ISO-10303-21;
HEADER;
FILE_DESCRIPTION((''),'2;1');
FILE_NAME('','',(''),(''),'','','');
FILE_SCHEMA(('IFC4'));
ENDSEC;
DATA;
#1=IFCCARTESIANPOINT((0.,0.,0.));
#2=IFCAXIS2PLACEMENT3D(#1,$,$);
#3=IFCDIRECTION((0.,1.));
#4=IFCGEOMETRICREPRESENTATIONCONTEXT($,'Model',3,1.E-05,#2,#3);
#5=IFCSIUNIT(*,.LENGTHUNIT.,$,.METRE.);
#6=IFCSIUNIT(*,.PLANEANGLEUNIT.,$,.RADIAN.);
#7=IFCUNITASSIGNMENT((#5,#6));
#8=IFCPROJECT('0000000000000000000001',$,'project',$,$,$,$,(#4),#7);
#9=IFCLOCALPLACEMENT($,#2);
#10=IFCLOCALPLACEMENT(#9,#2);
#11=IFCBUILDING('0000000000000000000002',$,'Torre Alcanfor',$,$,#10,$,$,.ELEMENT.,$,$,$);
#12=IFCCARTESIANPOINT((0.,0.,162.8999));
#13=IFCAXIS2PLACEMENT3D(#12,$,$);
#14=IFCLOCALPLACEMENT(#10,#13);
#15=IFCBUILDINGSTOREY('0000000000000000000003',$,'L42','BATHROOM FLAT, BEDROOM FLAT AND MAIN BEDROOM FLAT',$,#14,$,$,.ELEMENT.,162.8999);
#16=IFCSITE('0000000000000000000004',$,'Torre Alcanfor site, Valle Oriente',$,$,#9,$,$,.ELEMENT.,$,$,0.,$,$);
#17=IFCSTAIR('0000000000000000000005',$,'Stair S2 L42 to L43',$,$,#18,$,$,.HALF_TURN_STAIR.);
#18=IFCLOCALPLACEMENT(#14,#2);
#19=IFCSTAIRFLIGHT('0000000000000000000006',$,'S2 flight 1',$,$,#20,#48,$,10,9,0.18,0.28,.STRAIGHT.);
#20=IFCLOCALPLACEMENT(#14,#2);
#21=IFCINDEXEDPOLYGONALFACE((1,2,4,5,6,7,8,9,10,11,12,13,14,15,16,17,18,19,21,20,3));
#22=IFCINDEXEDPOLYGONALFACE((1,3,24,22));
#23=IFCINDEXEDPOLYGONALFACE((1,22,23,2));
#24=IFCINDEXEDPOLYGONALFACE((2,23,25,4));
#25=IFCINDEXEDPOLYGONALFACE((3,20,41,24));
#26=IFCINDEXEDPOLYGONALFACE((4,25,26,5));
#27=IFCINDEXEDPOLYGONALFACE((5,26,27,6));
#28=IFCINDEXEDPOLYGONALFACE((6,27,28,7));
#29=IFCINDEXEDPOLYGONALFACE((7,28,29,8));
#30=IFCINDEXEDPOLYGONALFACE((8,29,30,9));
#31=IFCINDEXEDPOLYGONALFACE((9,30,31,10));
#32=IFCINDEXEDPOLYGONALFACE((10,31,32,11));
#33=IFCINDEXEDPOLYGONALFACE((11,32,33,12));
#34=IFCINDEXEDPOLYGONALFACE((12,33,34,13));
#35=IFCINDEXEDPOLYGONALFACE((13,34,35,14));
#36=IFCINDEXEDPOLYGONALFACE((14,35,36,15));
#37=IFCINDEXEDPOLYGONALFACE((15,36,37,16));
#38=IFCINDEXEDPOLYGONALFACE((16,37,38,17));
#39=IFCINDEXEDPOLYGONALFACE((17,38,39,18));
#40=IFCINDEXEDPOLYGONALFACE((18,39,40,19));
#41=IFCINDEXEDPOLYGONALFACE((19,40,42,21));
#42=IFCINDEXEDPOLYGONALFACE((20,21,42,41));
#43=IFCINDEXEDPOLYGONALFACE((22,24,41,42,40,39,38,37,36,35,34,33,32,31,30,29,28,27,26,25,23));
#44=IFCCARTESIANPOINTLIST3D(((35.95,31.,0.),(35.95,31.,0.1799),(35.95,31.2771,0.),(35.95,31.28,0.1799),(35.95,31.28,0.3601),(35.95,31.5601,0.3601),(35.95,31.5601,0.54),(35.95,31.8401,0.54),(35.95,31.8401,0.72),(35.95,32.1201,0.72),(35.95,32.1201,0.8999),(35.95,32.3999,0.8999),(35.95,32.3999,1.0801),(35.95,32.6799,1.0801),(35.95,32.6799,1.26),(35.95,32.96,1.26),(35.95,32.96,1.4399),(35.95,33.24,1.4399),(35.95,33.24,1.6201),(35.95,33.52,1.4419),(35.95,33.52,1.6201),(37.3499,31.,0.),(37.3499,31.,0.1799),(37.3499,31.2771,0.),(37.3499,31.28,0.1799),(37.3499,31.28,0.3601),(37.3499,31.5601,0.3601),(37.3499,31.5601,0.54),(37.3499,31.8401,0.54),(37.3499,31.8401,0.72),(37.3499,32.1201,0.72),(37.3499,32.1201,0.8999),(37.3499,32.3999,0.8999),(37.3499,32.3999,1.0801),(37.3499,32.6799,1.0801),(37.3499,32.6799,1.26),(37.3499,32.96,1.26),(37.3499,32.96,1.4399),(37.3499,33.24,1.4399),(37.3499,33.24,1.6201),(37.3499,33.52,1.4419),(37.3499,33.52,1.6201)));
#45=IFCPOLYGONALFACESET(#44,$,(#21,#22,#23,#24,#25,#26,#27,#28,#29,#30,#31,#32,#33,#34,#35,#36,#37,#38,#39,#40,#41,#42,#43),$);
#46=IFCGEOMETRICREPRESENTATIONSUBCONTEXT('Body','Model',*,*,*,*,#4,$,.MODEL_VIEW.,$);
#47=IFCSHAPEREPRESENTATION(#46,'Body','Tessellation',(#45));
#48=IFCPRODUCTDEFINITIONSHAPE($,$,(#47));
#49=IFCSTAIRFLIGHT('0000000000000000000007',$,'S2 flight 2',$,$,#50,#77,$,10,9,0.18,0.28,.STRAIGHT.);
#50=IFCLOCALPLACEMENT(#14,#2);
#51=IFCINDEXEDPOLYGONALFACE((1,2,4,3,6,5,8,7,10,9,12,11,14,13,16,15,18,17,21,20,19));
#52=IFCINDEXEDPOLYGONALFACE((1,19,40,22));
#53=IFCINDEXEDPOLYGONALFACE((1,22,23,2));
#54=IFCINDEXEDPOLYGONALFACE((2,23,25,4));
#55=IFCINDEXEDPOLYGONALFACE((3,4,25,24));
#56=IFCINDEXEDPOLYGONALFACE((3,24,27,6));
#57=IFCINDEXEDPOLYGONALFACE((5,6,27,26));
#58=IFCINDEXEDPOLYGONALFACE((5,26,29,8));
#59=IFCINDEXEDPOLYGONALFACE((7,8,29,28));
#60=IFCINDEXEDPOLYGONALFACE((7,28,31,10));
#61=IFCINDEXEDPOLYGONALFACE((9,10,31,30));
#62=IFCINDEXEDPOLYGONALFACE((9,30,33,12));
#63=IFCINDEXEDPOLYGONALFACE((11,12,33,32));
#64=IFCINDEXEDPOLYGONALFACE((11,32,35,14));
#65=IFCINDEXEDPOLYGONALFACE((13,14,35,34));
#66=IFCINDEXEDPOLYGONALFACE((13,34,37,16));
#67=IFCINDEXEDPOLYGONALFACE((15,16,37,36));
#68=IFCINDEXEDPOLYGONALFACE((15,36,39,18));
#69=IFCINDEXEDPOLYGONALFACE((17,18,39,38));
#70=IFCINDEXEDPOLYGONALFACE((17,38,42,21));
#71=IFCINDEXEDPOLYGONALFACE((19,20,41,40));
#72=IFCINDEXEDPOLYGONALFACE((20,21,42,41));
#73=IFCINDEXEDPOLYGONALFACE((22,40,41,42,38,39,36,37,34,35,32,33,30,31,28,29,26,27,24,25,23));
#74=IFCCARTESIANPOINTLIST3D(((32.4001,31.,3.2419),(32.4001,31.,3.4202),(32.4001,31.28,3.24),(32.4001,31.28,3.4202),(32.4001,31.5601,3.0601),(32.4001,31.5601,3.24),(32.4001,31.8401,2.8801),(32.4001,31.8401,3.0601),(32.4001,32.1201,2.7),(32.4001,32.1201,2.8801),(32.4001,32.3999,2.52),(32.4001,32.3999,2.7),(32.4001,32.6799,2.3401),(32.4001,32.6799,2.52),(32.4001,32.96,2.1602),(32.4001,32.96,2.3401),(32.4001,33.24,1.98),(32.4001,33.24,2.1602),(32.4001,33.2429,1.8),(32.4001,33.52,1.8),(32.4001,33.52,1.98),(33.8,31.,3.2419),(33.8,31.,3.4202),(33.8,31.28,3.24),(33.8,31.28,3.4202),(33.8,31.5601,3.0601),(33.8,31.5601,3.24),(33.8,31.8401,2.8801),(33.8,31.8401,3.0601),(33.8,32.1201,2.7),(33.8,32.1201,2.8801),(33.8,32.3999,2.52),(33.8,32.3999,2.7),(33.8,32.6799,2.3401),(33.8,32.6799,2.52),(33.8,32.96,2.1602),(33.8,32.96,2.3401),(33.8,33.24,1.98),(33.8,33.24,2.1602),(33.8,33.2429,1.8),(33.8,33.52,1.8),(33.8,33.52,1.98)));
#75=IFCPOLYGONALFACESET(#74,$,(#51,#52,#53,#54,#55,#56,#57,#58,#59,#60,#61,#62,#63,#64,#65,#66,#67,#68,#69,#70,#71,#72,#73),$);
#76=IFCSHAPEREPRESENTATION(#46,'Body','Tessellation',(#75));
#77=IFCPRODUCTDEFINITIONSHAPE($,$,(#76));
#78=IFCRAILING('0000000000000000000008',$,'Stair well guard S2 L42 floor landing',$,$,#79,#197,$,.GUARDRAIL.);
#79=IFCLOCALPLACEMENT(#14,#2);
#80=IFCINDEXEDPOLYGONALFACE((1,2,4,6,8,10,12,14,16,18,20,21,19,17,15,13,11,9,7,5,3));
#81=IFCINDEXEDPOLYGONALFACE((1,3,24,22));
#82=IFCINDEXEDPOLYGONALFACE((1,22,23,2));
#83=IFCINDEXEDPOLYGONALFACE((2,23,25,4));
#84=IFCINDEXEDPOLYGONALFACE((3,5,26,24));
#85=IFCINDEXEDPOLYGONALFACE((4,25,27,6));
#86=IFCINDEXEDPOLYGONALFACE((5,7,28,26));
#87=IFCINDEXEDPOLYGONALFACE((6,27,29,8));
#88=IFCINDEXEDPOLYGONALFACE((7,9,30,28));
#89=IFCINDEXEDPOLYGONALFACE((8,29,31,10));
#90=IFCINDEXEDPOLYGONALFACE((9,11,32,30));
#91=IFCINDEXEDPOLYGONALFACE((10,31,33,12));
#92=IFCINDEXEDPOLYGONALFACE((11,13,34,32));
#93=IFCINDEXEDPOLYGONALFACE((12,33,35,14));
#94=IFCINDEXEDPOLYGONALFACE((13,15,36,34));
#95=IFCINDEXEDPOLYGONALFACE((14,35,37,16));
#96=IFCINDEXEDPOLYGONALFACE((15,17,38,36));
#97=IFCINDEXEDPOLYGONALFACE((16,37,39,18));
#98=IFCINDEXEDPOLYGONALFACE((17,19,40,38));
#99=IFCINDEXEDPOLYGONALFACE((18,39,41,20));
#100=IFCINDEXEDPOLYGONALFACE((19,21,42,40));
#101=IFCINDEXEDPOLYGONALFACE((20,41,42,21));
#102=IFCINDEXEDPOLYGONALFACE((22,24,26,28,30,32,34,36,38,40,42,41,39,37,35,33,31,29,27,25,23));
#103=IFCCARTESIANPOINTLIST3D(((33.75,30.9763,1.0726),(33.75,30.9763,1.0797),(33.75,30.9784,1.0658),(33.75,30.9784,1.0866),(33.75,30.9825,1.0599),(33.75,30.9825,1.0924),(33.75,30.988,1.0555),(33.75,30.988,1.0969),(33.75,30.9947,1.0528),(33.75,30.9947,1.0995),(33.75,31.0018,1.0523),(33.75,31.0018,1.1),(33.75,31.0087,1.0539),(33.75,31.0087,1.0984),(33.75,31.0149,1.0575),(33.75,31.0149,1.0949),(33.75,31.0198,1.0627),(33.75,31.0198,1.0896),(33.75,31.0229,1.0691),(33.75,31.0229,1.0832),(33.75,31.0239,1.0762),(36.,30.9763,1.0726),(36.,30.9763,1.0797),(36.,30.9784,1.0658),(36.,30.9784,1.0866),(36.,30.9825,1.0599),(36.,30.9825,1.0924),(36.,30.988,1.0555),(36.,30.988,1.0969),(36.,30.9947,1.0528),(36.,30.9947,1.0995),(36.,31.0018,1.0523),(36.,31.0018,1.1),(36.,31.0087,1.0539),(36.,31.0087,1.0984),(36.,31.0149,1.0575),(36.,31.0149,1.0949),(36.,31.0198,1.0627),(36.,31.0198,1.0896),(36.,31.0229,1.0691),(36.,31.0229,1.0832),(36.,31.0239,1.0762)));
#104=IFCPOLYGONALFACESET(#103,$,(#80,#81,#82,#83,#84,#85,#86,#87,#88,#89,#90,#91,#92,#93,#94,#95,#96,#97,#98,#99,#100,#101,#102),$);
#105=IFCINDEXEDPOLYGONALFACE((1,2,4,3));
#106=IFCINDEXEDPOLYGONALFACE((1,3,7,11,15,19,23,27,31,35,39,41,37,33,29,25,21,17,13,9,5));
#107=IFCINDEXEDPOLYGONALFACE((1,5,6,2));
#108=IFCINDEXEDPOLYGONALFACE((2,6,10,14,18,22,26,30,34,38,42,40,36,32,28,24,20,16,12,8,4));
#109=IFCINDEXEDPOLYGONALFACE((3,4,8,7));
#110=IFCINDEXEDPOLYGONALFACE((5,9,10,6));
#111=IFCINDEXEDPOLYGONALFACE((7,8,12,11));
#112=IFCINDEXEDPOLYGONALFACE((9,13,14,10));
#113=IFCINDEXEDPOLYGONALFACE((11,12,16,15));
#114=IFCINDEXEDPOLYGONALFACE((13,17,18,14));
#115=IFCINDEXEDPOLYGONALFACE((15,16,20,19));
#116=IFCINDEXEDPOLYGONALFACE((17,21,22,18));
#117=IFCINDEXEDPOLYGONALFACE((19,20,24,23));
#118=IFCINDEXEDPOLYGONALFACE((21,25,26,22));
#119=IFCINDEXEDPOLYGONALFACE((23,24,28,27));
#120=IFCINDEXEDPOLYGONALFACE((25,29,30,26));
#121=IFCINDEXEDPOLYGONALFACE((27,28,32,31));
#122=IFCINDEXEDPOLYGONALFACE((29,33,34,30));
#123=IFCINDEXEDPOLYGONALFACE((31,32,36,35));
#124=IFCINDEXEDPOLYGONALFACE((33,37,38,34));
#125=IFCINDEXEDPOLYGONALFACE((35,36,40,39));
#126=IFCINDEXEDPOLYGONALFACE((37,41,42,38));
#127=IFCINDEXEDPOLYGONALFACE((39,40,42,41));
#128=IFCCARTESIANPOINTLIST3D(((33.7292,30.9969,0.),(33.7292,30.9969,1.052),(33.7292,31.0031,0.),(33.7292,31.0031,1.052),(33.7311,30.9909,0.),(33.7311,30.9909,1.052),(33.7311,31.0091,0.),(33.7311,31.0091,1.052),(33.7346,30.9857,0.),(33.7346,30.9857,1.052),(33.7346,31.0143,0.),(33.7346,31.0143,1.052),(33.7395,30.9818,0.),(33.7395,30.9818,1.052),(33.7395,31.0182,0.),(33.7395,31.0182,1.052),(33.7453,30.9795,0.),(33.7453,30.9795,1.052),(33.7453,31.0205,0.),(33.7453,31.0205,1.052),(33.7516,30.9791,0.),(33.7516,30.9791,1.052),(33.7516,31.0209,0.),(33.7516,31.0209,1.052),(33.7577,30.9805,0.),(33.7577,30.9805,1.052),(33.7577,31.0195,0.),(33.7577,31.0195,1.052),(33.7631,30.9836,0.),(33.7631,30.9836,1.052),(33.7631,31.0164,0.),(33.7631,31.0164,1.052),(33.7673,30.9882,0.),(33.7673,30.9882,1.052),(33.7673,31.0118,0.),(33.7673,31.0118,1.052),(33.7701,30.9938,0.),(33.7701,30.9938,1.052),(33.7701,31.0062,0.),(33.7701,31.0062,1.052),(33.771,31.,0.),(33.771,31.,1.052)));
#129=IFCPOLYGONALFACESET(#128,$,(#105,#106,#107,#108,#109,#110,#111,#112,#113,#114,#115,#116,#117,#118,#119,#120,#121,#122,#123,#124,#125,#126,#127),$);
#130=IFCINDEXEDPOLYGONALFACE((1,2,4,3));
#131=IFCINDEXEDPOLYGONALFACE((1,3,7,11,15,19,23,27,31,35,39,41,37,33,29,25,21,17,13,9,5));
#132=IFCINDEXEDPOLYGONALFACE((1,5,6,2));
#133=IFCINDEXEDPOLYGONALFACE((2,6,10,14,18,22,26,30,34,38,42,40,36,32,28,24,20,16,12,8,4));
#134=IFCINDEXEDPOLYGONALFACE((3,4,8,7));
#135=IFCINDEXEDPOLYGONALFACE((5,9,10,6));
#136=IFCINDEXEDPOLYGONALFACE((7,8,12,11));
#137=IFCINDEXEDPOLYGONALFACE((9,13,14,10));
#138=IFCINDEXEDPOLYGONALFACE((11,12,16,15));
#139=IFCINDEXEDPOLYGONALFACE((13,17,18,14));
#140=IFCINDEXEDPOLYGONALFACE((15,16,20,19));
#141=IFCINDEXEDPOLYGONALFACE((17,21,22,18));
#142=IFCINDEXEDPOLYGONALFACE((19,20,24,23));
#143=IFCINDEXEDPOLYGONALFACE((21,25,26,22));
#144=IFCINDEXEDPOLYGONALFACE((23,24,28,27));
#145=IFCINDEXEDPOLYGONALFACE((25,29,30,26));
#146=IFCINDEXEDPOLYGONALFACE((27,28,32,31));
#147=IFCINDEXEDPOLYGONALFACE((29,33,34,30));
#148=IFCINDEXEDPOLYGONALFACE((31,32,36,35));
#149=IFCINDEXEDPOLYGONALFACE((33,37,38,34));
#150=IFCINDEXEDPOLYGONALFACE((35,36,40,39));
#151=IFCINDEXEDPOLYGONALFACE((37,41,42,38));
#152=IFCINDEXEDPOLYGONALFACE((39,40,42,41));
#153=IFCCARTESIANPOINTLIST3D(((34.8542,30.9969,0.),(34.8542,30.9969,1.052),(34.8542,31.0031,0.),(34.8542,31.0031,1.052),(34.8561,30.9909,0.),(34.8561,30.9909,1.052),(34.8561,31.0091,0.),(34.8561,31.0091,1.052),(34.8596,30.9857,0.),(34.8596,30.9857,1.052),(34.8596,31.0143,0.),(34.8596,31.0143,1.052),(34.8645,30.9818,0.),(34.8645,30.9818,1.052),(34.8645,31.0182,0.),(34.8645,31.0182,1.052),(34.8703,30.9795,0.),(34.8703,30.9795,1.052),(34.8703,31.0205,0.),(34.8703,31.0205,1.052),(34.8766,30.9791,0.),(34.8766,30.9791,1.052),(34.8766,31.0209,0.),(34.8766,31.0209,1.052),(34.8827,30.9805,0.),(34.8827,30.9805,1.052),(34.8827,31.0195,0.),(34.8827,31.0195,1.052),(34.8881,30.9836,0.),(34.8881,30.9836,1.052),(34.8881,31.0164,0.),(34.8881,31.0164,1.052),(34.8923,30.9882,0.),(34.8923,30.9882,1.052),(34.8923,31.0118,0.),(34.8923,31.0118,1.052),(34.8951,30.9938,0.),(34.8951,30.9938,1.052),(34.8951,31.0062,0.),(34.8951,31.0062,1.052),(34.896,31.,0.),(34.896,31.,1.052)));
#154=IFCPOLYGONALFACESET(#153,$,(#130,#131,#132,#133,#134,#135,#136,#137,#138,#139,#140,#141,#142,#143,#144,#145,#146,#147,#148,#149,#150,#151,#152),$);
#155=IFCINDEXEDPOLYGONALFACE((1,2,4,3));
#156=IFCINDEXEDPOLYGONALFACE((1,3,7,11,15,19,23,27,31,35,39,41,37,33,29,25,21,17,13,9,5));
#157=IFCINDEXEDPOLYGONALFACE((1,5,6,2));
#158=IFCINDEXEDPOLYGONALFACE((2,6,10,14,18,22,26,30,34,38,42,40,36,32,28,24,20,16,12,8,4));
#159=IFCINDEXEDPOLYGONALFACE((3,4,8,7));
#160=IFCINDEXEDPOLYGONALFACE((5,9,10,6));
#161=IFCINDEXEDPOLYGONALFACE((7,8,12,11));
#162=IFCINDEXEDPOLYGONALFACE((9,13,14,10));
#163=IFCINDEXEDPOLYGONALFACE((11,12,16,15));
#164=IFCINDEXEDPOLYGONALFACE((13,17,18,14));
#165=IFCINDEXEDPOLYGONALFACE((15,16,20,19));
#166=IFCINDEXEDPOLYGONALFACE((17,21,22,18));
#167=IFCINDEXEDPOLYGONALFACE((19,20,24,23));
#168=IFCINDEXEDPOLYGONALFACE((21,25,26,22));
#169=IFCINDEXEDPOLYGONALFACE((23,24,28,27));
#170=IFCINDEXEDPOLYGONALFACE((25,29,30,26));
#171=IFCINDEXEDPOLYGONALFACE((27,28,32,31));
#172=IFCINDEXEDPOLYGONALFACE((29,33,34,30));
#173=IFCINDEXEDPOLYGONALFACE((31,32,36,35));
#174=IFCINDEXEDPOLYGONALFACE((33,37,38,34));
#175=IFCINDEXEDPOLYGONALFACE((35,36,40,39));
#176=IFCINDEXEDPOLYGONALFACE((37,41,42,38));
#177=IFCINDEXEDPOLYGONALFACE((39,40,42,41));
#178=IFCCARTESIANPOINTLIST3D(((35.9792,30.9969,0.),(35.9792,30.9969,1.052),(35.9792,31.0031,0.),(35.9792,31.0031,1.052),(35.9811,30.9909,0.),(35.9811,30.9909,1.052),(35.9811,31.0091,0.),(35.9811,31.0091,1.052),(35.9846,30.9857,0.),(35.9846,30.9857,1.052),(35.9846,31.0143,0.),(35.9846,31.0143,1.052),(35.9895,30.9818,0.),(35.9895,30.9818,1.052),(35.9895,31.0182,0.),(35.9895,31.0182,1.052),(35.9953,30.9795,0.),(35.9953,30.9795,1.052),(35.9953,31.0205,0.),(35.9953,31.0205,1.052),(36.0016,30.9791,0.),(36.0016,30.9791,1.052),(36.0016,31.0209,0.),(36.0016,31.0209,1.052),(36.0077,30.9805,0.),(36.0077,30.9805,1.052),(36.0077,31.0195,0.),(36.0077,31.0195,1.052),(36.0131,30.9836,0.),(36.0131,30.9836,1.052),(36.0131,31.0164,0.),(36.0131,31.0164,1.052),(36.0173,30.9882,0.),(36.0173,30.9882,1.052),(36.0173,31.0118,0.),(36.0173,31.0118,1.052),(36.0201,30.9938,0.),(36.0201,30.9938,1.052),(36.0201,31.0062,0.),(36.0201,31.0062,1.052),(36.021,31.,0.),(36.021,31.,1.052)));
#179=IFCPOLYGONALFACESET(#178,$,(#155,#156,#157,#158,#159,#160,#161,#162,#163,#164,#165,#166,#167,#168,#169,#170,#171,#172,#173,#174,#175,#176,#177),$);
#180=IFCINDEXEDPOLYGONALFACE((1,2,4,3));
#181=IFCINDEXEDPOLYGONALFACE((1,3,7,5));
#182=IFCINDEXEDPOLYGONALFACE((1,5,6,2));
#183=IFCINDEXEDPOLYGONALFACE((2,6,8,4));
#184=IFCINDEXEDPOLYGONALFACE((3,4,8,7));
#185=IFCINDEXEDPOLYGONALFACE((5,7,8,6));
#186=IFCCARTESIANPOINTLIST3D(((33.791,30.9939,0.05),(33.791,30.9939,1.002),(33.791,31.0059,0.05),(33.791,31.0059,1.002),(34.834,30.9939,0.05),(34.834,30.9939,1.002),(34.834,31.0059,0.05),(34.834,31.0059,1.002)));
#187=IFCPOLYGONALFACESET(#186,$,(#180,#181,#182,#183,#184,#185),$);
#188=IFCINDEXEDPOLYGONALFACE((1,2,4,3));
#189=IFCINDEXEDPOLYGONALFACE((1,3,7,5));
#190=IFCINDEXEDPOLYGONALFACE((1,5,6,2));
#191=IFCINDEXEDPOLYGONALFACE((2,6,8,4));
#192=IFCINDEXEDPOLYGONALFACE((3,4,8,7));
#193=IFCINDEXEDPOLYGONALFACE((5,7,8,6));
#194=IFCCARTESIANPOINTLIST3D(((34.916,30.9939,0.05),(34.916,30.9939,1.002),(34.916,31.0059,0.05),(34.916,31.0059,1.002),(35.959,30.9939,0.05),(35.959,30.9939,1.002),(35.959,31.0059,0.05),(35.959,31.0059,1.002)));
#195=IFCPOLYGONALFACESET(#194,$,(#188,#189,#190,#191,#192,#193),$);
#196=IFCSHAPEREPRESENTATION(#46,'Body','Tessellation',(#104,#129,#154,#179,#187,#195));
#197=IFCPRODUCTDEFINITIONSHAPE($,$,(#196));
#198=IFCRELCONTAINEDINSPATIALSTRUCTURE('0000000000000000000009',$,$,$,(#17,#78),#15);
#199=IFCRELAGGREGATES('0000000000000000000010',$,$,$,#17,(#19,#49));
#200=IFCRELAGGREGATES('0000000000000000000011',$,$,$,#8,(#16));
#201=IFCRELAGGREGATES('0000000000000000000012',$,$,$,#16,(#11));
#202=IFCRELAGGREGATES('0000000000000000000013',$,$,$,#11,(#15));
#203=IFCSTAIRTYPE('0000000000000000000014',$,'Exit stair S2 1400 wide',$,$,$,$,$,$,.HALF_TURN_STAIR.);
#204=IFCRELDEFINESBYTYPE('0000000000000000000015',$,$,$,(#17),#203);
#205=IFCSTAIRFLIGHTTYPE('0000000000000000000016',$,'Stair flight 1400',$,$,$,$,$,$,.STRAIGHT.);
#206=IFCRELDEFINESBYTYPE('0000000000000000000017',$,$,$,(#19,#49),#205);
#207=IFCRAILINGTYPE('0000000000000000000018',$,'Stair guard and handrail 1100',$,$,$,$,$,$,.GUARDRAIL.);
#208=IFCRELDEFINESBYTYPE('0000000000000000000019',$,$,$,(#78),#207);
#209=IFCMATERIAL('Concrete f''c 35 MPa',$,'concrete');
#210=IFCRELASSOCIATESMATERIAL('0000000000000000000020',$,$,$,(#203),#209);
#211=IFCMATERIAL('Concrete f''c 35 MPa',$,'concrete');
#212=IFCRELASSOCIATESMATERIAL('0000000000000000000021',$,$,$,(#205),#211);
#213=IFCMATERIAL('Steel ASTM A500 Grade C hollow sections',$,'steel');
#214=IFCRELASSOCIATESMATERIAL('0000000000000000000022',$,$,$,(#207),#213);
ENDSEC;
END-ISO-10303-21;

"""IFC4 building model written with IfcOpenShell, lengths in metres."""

from ifc_helpers import new_model, si_unit, direction, frame, origin, origin_2d, place, context, subcontext, project, spatial, polyline, circle, outline, extrude, material, type_object, element, aggregate, save


model = new_model("IFC4")

# Units and contexts
model_context = context("Model", 3, precision=1e-05, world=origin(), true_north=direction((0.0, 1.0)))
body_context = subcontext(model_context, "Body", "Model", "MODEL_VIEW")
ifc_project = project(units=[si_unit("LENGTHUNIT", "METRE"), si_unit("PLANEANGLEUNIT", "RADIAN")], contexts=[model_context])

# Site, building, storey
site_placement = place(None, origin())
site = spatial("IfcSite", under=ifc_project, at=site_placement, Name="Torre Alcanfor site, Valle Oriente", CompositionType="ELEMENT", RefElevation=0.0)
building_placement = place(site_placement, origin())
building = spatial("IfcBuilding", under=site, at=building_placement, Name="Torre Alcanfor", CompositionType="ELEMENT")
storey_placement = place(building_placement, frame((0.0, 0.0, 162.8999)))
storey = spatial("IfcBuildingStorey", under=building, at=storey_placement, Name="L42", Description="BATHROOM FLAT, BEDROOM FLAT AND MAIN BEDROOM FLAT", CompositionType="ELEMENT", Elevation=162.8999)

# Stair, stair flights
ifc_material_1 = material(Name="Concrete f'c 35 MPa", Category="concrete")
stair_type = type_object("IfcStairType", Name="Exit stair S2 1400 wide", PredefinedType="HALF_TURN_STAIR", material=ifc_material_1)
stair_placement = place(storey_placement, origin())
stair = element("IfcStair", 1, at=stair_placement, inside=storey, type_object=stair_type, Name="Stair S2 L42 to L43", PredefinedType="HALF_TURN_STAIR")
ifc_material_2 = material(Name="Concrete f'c 35 MPa", Category="concrete")
stair_flight_type = type_object("IfcStairFlightType", Name="Stair flight 1400", PredefinedType="STRAIGHT", material=ifc_material_2)
stair_flight_1_placement = place(storey_placement, frame((36.6499, 31.0, 0.0), z_axis=(0.0, 0.0, 1.0), x_axis=(0.0, 1.0, 0.0)))
stair_flight_1 = element("IfcStairFlight", 2, at=stair_flight_1_placement, type_object=stair_flight_type, Name="S2 flight 1", NumberOfRisers=10, NumberOfTreads=9, PredefinedType="STRAIGHT", RiserHeight=0.18, TreadLength=0.28, context=body_context, shape_type="SweptSolid", body=[
    extrude(outline(polyline([(0.0, 0.0), (0.0, 0.1799), (0.28, 0.1799), (0.28, 0.3601), (0.5601, 0.3601), (0.5601, 0.54), (0.8401, 0.54), (0.8401, 0.72), (1.1201, 0.72), (1.1201, 0.8999), (1.3999, 0.8999), (1.3999, 1.0801), (1.6799, 1.0801), (1.6799, 1.26), (1.96, 1.26), (1.96, 1.4399), (2.24, 1.4399), (2.24, 1.6201), (2.52, 1.6201), (2.52, 1.8), (2.52, 1.4419), (0.2771, 0.0), (0.0, 0.0)])), frame((0.0, 0.7, 0.0), z_axis=(0.0, -1.0, 0.0), x_axis=(1.0, 0.0, 0.0)), (0.0, 0.0, 1.0), 1.3999),
])
stair_flight_2_placement = place(storey_placement, frame((33.1001, 33.52, 1.8), z_axis=(0.0, 0.0, 1.0), x_axis=(0.0, -1.0, 0.0)))
stair_flight_2 = element("IfcStairFlight", 3, at=stair_flight_2_placement, type_object=stair_flight_type, Name="S2 flight 2", NumberOfRisers=10, NumberOfTreads=9, PredefinedType="STRAIGHT", RiserHeight=0.18, TreadLength=0.28, context=body_context, shape_type="SweptSolid", body=[
    extrude(outline(polyline([(0.0, 0.0), (0.0, 0.1799), (0.28, 0.1799), (0.28, 0.3601), (0.5601, 0.3601), (0.5601, 0.54), (0.8401, 0.54), (0.8401, 0.72), (1.1201, 0.72), (1.1201, 0.8999), (1.3999, 0.8999), (1.3999, 1.0801), (1.6799, 1.0801), (1.6799, 1.26), (1.96, 1.26), (1.96, 1.4399), (2.24, 1.4399), (2.24, 1.6201), (2.52, 1.6201), (2.52, 1.8), (2.52, 1.4419), (0.2771, 0.0), (0.0, 0.0)])), frame((0.0, 0.7, 0.0), z_axis=(0.0, -1.0, 0.0), x_axis=(1.0, 0.0, 0.0)), (0.0, 0.0, 1.0), 1.3999),
])
aggregate(stair, [stair_flight_1, stair_flight_2])

# Railing
ifc_material_3 = material(Name="Steel ASTM A500 Grade C hollow sections", Category="steel")
railing_type_1 = type_object("IfcRailingType", Name="Stair guard and handrail 1100", PredefinedType="GUARDRAIL", material=ifc_material_3)
for number, where, name in (
    (4, (33.75, 31.0, 0.0), "Stair well guard S2 L42 floor landing"),
):
    element("IfcRailing", number, at=place(storey_placement, frame(where)), inside=storey, type_object=railing_type_1, Name=name, PredefinedType="GUARDRAIL", context=body_context, shape_type="SweptSolid", body=[
        extrude(circle(Radius=0.0239, at=origin_2d()), frame((0.0, 0.0, 1.0762), z_axis=(1.0, 0.0, 0.0), x_axis=(0.0, 1.0, 0.0)), (0.0, 0.0, 1.0), 2.25),
        extrude(circle(Radius=0.021, at=origin_2d()), origin(), (0.0, 0.0, 1.0), 1.052),
        extrude(circle(Radius=0.021, at=origin_2d()), frame((1.125, 0.0, 0.0)), (0.0, 0.0, 1.0), 1.052),
        extrude(circle(Radius=0.021, at=origin_2d()), frame((2.25, 0.0, 0.0)), (0.0, 0.0, 1.0), 1.052),
        extrude(outline(polyline([(0.041, 0.05), (1.084, 0.05), (1.084, 1.002), (0.041, 1.002), (0.041, 0.05)])), frame((0.0, 0.0059, 0.0), z_axis=(0.0, -1.0, 0.0), x_axis=(1.0, 0.0, 0.0)), (0.0, 0.0, 1.0), 0.012),
        extrude(outline(polyline([(1.166, 0.05), (2.209, 0.05), (2.209, 1.002), (1.166, 1.002), (1.166, 0.05)])), frame((0.0, 0.0059, 0.0), z_axis=(0.0, -1.0, 0.0), x_axis=(1.0, 0.0, 0.0)), (0.0, 0.0, 1.0), 0.012),
    ])

save(model, "model.ifc")
